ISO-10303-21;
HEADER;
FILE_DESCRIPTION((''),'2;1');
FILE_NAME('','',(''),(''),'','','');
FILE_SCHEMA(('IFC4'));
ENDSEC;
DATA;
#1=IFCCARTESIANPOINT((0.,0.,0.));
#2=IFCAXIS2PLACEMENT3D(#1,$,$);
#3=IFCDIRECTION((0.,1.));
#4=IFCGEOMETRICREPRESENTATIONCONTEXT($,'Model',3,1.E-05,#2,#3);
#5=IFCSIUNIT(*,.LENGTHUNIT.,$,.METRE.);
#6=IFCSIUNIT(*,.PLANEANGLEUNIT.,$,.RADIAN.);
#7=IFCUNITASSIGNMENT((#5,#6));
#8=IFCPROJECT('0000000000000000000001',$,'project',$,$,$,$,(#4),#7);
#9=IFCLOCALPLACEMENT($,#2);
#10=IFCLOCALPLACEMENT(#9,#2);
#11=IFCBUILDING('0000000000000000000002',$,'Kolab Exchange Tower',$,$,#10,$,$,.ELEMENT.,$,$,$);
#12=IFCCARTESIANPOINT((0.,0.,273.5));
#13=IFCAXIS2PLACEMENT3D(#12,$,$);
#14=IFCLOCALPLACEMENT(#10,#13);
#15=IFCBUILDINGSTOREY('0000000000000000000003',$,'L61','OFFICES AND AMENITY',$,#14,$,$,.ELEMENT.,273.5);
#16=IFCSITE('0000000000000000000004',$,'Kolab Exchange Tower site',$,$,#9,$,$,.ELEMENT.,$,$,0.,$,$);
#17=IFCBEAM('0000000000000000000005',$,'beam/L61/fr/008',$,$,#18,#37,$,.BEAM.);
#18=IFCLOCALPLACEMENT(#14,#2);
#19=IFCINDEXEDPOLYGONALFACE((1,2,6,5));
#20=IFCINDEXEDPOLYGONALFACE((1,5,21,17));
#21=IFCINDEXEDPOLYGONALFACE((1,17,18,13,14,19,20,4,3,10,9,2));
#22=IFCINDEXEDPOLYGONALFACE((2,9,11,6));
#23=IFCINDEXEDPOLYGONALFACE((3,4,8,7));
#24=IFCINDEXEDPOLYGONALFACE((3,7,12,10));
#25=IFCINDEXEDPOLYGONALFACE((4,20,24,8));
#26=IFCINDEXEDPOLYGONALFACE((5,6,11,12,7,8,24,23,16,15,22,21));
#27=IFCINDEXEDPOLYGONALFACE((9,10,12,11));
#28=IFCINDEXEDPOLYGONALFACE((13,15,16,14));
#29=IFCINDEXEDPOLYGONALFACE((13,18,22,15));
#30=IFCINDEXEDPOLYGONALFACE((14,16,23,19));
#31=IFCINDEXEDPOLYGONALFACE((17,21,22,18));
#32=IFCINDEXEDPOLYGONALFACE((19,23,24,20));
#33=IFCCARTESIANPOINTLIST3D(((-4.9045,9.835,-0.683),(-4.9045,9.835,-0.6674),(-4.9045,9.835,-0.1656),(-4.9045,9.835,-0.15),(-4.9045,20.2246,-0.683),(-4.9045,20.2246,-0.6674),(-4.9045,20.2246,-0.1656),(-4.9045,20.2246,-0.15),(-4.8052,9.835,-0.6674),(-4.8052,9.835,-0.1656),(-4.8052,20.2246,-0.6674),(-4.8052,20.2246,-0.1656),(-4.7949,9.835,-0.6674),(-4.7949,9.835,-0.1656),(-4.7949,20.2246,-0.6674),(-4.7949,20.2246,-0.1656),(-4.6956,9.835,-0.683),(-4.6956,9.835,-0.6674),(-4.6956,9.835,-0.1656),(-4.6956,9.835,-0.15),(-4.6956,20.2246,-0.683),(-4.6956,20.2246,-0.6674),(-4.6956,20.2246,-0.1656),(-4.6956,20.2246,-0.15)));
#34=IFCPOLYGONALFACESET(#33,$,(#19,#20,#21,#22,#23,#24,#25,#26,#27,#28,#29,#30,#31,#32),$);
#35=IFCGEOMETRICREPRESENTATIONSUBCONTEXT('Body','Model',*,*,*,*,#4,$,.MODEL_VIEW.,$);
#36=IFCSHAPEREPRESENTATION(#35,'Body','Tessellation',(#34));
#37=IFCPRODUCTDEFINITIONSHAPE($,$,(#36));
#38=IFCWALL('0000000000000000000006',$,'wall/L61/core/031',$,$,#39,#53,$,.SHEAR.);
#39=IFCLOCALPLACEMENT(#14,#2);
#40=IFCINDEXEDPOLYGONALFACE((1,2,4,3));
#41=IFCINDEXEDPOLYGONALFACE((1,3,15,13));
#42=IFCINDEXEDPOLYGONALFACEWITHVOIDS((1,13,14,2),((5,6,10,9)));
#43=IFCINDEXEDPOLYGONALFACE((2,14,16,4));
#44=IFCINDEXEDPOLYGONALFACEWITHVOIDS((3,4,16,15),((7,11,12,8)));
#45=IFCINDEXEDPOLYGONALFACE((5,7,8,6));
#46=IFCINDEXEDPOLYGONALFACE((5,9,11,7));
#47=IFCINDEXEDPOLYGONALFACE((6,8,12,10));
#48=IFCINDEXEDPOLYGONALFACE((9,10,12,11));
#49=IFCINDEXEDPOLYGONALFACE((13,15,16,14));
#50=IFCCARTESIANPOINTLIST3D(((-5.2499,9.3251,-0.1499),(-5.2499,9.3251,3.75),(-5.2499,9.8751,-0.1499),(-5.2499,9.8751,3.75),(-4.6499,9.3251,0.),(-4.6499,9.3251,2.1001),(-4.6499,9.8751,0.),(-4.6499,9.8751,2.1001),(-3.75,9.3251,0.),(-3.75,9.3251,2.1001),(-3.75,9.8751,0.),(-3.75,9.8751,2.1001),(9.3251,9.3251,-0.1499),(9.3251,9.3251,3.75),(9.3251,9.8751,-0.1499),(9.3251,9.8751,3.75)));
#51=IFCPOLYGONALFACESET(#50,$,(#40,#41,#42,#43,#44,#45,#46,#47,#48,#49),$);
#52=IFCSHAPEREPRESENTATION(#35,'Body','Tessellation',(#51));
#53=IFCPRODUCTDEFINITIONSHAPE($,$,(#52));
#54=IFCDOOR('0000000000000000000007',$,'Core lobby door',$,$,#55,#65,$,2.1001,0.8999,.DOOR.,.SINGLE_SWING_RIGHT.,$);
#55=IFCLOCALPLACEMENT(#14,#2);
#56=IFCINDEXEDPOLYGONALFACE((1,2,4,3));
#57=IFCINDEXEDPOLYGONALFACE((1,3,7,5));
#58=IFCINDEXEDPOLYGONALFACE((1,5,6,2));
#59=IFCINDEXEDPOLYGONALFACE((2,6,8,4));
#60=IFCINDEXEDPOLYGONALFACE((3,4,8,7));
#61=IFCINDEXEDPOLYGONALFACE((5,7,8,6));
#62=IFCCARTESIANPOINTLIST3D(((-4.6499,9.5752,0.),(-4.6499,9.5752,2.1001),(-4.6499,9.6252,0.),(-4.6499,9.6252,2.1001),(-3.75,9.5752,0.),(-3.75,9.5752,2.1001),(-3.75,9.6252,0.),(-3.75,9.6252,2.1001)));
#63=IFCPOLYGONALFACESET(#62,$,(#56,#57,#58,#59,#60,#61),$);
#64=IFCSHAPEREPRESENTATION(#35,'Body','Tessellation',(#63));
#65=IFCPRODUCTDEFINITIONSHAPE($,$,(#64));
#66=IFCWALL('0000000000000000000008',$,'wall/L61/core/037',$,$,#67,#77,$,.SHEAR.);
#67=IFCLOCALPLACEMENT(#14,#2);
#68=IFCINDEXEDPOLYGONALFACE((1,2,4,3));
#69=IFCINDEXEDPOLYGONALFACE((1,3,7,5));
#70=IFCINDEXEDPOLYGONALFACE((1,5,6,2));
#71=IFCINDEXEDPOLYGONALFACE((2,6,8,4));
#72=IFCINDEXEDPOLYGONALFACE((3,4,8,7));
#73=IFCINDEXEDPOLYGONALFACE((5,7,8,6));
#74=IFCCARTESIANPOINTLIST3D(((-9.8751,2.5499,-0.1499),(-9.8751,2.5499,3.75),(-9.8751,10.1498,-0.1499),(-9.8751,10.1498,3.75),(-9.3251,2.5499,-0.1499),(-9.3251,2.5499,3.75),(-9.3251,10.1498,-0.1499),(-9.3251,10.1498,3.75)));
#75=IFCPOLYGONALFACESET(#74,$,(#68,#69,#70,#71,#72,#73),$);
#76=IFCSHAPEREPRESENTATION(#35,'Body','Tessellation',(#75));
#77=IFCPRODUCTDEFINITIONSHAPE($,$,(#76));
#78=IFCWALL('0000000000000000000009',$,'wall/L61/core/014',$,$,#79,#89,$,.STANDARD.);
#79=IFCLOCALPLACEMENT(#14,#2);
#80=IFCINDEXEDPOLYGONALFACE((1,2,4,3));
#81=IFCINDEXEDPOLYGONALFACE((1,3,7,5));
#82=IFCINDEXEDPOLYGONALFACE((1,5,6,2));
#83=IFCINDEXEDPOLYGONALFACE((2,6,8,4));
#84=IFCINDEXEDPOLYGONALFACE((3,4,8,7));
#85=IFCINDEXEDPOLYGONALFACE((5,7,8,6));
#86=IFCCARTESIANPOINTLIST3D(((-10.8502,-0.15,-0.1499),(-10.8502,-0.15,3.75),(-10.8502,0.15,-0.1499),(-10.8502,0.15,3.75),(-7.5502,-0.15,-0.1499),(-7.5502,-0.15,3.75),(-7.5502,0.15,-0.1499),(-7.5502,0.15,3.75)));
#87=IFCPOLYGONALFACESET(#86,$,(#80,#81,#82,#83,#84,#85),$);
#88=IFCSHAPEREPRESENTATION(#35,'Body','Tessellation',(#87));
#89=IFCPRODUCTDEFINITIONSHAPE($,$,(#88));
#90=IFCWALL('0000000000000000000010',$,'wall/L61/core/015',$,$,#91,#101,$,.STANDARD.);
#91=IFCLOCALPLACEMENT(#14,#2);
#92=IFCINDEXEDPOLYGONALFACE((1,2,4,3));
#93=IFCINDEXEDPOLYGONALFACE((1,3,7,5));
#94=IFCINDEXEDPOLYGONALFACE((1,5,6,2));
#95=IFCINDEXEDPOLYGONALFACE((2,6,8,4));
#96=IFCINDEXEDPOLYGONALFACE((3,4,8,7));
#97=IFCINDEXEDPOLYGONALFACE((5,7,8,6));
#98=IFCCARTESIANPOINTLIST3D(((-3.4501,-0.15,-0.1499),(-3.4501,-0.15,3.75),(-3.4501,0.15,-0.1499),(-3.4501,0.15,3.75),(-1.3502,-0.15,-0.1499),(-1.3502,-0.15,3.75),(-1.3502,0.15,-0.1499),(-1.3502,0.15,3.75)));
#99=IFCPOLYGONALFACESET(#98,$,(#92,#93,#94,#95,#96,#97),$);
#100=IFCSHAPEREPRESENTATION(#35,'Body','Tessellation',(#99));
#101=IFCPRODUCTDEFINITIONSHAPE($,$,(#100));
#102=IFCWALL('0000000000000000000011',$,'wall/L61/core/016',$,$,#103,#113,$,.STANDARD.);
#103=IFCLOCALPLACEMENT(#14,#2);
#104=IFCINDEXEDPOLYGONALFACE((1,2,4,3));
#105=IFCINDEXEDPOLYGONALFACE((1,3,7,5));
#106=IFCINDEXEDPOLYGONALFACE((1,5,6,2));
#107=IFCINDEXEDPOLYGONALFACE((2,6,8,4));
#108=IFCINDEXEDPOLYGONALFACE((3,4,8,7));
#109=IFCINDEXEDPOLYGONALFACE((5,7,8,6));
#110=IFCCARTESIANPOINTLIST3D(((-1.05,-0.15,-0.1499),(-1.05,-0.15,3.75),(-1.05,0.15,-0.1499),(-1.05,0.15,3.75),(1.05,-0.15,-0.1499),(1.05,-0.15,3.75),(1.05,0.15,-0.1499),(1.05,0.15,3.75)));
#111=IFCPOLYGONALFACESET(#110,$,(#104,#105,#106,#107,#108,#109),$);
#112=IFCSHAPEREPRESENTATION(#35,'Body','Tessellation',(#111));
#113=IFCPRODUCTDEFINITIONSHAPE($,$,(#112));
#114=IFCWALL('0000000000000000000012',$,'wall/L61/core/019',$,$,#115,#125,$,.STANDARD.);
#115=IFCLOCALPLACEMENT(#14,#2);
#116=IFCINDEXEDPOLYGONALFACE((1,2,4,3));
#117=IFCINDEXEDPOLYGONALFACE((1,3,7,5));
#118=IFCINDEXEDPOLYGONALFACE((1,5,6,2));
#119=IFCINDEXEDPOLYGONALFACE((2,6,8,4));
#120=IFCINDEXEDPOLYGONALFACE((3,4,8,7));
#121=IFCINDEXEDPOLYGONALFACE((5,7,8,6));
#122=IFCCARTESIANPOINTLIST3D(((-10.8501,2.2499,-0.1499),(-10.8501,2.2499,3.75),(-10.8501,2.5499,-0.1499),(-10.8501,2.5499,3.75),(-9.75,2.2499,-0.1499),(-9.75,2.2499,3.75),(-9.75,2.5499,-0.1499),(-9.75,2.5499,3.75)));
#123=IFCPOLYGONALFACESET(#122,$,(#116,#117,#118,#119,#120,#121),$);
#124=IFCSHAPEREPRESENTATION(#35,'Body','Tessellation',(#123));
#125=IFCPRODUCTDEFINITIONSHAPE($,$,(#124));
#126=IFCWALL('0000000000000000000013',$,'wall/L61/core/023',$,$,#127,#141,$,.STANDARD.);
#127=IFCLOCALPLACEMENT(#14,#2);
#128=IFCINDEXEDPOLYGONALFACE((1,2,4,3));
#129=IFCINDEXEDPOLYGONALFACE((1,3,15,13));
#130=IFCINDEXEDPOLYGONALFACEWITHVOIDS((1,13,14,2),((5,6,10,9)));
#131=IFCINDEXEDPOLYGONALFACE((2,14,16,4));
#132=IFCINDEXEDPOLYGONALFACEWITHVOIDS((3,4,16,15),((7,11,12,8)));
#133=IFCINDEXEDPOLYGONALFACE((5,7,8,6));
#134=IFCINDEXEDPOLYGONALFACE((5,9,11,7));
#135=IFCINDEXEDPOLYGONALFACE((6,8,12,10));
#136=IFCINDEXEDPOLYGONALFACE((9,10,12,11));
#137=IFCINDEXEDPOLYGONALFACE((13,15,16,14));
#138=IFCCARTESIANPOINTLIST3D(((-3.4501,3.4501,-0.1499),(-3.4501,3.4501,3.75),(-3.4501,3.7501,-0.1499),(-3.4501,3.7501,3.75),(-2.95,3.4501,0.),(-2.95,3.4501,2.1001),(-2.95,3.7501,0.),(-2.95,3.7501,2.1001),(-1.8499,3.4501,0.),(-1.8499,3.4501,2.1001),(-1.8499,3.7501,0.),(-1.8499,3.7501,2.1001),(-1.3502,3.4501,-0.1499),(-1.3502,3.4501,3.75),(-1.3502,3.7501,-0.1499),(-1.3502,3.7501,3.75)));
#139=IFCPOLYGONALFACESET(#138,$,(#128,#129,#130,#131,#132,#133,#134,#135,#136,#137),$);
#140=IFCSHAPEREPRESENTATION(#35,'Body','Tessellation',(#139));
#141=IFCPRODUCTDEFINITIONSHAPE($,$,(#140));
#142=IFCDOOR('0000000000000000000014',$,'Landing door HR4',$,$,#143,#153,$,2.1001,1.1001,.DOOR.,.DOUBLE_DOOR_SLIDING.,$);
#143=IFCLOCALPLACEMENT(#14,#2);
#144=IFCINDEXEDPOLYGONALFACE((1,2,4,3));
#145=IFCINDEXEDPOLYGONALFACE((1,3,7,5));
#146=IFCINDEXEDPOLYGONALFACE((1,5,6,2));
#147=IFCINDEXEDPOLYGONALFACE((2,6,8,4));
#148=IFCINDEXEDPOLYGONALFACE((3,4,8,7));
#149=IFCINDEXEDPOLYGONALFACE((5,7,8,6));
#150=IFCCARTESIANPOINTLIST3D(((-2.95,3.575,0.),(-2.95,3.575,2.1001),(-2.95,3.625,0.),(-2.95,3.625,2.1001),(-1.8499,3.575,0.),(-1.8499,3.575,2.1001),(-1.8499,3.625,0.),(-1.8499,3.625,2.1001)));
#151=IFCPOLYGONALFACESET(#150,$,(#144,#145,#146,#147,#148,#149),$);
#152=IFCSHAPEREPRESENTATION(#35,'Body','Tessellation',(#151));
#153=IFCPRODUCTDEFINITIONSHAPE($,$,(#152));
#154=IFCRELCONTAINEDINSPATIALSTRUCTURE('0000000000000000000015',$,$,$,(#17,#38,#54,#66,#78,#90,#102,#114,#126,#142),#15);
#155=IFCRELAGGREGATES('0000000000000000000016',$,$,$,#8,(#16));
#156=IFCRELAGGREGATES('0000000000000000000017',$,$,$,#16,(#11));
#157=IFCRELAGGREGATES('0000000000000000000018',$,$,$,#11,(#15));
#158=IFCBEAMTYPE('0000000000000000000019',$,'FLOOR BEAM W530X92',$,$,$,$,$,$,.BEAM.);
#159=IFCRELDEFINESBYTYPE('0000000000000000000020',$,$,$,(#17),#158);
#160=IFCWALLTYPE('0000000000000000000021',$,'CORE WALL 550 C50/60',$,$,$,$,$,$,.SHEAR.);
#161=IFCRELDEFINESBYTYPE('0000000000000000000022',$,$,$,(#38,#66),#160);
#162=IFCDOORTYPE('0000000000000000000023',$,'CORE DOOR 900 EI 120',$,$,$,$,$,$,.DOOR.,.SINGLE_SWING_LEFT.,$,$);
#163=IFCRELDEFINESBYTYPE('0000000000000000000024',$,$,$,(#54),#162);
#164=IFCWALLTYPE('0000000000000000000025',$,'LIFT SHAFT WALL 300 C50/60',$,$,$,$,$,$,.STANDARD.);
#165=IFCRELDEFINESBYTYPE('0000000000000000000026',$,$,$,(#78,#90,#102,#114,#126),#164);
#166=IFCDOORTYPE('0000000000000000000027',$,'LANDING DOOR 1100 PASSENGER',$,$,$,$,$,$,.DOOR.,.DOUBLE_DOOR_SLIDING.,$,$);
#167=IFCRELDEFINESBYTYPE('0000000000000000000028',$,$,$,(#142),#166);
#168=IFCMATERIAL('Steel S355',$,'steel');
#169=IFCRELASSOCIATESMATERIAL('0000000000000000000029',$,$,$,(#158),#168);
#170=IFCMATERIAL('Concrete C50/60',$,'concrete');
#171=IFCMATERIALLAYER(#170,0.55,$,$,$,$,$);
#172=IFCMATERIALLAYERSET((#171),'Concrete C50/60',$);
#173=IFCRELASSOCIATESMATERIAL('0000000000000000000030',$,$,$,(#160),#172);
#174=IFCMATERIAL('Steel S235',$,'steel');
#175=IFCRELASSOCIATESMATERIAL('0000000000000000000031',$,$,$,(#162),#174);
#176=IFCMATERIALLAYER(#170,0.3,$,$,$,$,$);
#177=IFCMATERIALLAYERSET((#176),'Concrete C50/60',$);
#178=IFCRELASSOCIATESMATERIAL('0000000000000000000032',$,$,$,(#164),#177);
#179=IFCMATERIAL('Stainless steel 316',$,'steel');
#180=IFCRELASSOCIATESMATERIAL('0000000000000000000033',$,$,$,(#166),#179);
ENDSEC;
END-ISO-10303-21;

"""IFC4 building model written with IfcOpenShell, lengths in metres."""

from ifc_helpers import new_model, si_unit, direction, frame, frame_2d, origin, origin_2d, place, context, subcontext, project, spatial, rectangle, i_section, extrude, material, layer, layer_set, material_profile, profile_set, type_object, element, fill, save


model = new_model("IFC4")

# Units and contexts
model_context = context("Model", 3, precision=1e-05, world=origin(), true_north=direction((0.0, 1.0)))
body_context = subcontext(model_context, "Body", "Model", "MODEL_VIEW")
ifc_project = project(units=[si_unit("LENGTHUNIT", "METRE"), si_unit("PLANEANGLEUNIT", "RADIAN")], contexts=[model_context])

# Site, building, storey
site_placement = place(None, origin())
site = spatial("IfcSite", under=ifc_project, at=site_placement, Name="Kolab Exchange Tower site", CompositionType="ELEMENT", RefElevation=0.0)
building_placement = place(site_placement, origin())
building = spatial("IfcBuilding", under=site, at=building_placement, Name="Kolab Exchange Tower", CompositionType="ELEMENT")
storey_placement = place(building_placement, frame((0.0, 0.0, 273.5)))
storey = spatial("IfcBuildingStorey", under=building, at=storey_placement, Name="L61", Description="OFFICES AND AMENITY", CompositionType="ELEMENT", Elevation=273.5)

# Beam
ifc_material_1 = material(Name="Steel S355", Category="steel")
ifc_material_profile = material_profile(ifc_material_1, i_section(OverallWidth=0.209, OverallDepth=0.533, WebThickness=0.0103, FlangeThickness=0.0156, at=origin_2d()), Name="W530X92")
ifc_profile_set = profile_set([ifc_material_profile], Name="Steel S355")
beam_type = type_object("IfcBeamType", Name="FLOOR BEAM W530X92", PredefinedType="BEAM", material=ifc_profile_set)
beam_placement = place(storey_placement, frame((-4.8, 9.835, -0.4165), z_axis=(0.0, 1.0, 0.0), x_axis=(-1.0, 0.0, 0.0)))
element("IfcBeam", 1, at=beam_placement, inside=storey, type_object=beam_type, Name="beam/L61/fr/008", PredefinedType="BEAM", context=body_context, shape_type="SweptSolid", body=[
    extrude(i_section(OverallWidth=0.209, OverallDepth=0.533, WebThickness=0.0103, FlangeThickness=0.0156, at=origin_2d()), origin(), (0.0, 0.0, 1.0), 10.3896),
])

# Wall, opening, door
ifc_material_2 = material(Name="Concrete C50/60", Category="concrete")
ifc_layer_1 = layer(ifc_material_2, 0.55)
ifc_layer_set_1 = layer_set([ifc_layer_1], Name="Concrete C50/60")
wall_type_1 = type_object("IfcWallType", Name="CORE WALL 550 C50/60", PredefinedType="SHEAR", material=ifc_layer_set_1)
wall_1_placement = place(storey_placement, frame((-5.25, 9.6001, -0.1499), z_axis=(0.0, 0.0, 1.0), x_axis=(1.0, 0.0, 0.0)))
wall_1 = element("IfcWall", 2, at=wall_1_placement, inside=storey, type_object=wall_type_1, Name="wall/L61/core/031", PredefinedType="SHEAR", context=body_context, shape_type="SweptSolid", body=[
    extrude(rectangle(XDim=14.575, YDim=0.55, at=frame_2d((7.2876, 0.0))), origin(), (0.0, 0.0, 1.0), 3.8999),
])
opening_1_placement = place(wall_1_placement, frame((0.6001, 0.0, 0.1499)))
opening_1 = element("IfcOpeningElement", 3, at=opening_1_placement, cuts=wall_1, PredefinedType="OPENING", context=body_context, shape_type="SweptSolid", body=[
    extrude(rectangle(XDim=0.8999, YDim=2.1001, at=frame_2d((0.45, 1.05))), frame((0.0, 0.2852, 0.0), z_axis=(0.0, -1.0, 0.0), x_axis=(1.0, 0.0, 0.0)), (0.0, 0.0, 1.0), 0.5701),
])
ifc_material_3 = material(Name="Steel S235", Category="steel")
door_type_1 = type_object("IfcDoorType", Name="CORE DOOR 900 EI 120", OperationType="SINGLE_SWING_LEFT", PredefinedType="DOOR", material=ifc_material_3)
door_1_placement = place(opening_1_placement, frame((0.8999, 0.0, 0.0), z_axis=(0.0, 0.0, 1.0), x_axis=(-1.0, 0.0, 0.0)))
door_1 = element("IfcDoor", 4, at=door_1_placement, inside=storey, type_object=door_type_1, Name="Core lobby door", OperationType="SINGLE_SWING_RIGHT", OverallHeight=2.1001, OverallWidth=0.8999, PredefinedType="DOOR", context=body_context, shape_type="SweptSolid", body=[
    extrude(rectangle(XDim=0.8999, YDim=2.1001, at=frame_2d((0.45, 1.05))), frame((0.0, 0.0249, 0.0), z_axis=(0.0, -1.0, 0.0), x_axis=(1.0, 0.0, 0.0)), (0.0, 0.0, 1.0), 0.05),
])
fill(opening_1, door_1)

# Walls
wall_2_placement = place(storey_placement, frame((-9.6001, 2.55, -0.1499), z_axis=(0.0, 0.0, 1.0), x_axis=(0.0, 1.0, 0.0)))
element("IfcWall", 5, at=wall_2_placement, inside=storey, type_object=wall_type_1, Name="wall/L61/core/037", PredefinedType="SHEAR", context=body_context, shape_type="SweptSolid", body=[
    extrude(rectangle(XDim=7.5999, YDim=0.55, at=frame_2d((3.7998, 0.0))), origin(), (0.0, 0.0, 1.0), 3.8999),
])
ifc_layer_2 = layer(ifc_material_2, 0.3)
ifc_layer_set_2 = layer_set([ifc_layer_2], Name="Concrete C50/60")
wall_type_2 = type_object("IfcWallType", Name="LIFT SHAFT WALL 300 C50/60", PredefinedType="STANDARD", material=ifc_layer_set_2)
wall_3_placement = place(storey_placement, frame((-10.8501, 0.0, -0.1499), z_axis=(0.0, 0.0, 1.0), x_axis=(1.0, 0.0, 0.0)))
element("IfcWall", 6, at=wall_3_placement, inside=storey, type_object=wall_type_2, Name="wall/L61/core/014", PredefinedType="STANDARD", context=body_context, shape_type="SweptSolid", body=[
    extrude(rectangle(XDim=3.3, YDim=0.3, at=frame_2d((1.6499, 0.0))), origin(), (0.0, 0.0, 1.0), 3.8999),
])
wall_4_placement = place(storey_placement, frame((-3.45, 0.0, -0.1499), z_axis=(0.0, 0.0, 1.0), x_axis=(1.0, 0.0, 0.0)))
element("IfcWall", 7, at=wall_4_placement, inside=storey, type_object=wall_type_2, Name="wall/L61/core/015", PredefinedType="STANDARD", context=body_context, shape_type="SweptSolid", body=[
    extrude(rectangle(XDim=2.0999, YDim=0.3, at=frame_2d((1.0498, 0.0))), origin(), (0.0, 0.0, 1.0), 3.8999),
])
wall_5_placement = place(storey_placement, frame((-1.05, 0.0, -0.1499), z_axis=(0.0, 0.0, 1.0), x_axis=(1.0, 0.0, 0.0)))
element("IfcWall", 8, at=wall_5_placement, inside=storey, type_object=wall_type_2, Name="wall/L61/core/016", PredefinedType="STANDARD", context=body_context, shape_type="SweptSolid", body=[
    extrude(rectangle(XDim=2.1001, YDim=0.3, at=frame_2d((1.05, 0.0))), origin(), (0.0, 0.0, 1.0), 3.8999),
])
wall_6_placement = place(storey_placement, frame((-10.8501, 2.3999, -0.1499), z_axis=(0.0, 0.0, 1.0), x_axis=(1.0, 0.0, 0.0)))
element("IfcWall", 9, at=wall_6_placement, inside=storey, type_object=wall_type_2, Name="wall/L61/core/019", PredefinedType="STANDARD", context=body_context, shape_type="SweptSolid", body=[
    extrude(rectangle(XDim=1.1001, YDim=0.3, at=frame_2d((0.55, 0.0))), origin(), (0.0, 0.0, 1.0), 3.8999),
])

# Wall, opening, door
wall_7_placement = place(storey_placement, frame((-3.45, 3.6001, -0.1499), z_axis=(0.0, 0.0, 1.0), x_axis=(1.0, 0.0, 0.0)))
wall_7 = element("IfcWall", 10, at=wall_7_placement, inside=storey, type_object=wall_type_2, Name="wall/L61/core/023", PredefinedType="STANDARD", context=body_context, shape_type="SweptSolid", body=[
    extrude(rectangle(XDim=2.0999, YDim=0.3, at=frame_2d((1.0498, 0.0))), origin(), (0.0, 0.0, 1.0), 3.8999),
])
opening_2_placement = place(wall_7_placement, frame((0.5, 0.0, 0.1499)))
opening_2 = element("IfcOpeningElement", 11, at=opening_2_placement, cuts=wall_7, PredefinedType="OPENING", context=body_context, shape_type="SweptSolid", body=[
    extrude(rectangle(XDim=1.1001, YDim=2.1001, at=frame_2d((0.55, 1.05))), frame((0.0, 0.1602, 0.0), z_axis=(0.0, -1.0, 0.0), x_axis=(1.0, 0.0, 0.0)), (0.0, 0.0, 1.0), 0.3201),
])
ifc_material_4 = material(Name="Stainless steel 316", Category="steel")
door_type_2 = type_object("IfcDoorType", Name="LANDING DOOR 1100 PASSENGER", OperationType="DOUBLE_DOOR_SLIDING", PredefinedType="DOOR", material=ifc_material_4)
door_2_placement = place(opening_2_placement, origin())
door_2 = element("IfcDoor", 12, at=door_2_placement, inside=storey, type_object=door_type_2, Name="Landing door HR4", OperationType="DOUBLE_DOOR_SLIDING", OverallHeight=2.1001, OverallWidth=1.1001, PredefinedType="DOOR", context=body_context, shape_type="SweptSolid", body=[
    extrude(rectangle(XDim=1.1001, YDim=2.1001, at=frame_2d((0.55, 1.05))), frame((0.0, 0.0249, 0.0), z_axis=(0.0, -1.0, 0.0), x_axis=(1.0, 0.0, 0.0)), (0.0, 0.0, 1.0), 0.05),
])
fill(opening_2, door_2)

save(model, "model.ifc")
